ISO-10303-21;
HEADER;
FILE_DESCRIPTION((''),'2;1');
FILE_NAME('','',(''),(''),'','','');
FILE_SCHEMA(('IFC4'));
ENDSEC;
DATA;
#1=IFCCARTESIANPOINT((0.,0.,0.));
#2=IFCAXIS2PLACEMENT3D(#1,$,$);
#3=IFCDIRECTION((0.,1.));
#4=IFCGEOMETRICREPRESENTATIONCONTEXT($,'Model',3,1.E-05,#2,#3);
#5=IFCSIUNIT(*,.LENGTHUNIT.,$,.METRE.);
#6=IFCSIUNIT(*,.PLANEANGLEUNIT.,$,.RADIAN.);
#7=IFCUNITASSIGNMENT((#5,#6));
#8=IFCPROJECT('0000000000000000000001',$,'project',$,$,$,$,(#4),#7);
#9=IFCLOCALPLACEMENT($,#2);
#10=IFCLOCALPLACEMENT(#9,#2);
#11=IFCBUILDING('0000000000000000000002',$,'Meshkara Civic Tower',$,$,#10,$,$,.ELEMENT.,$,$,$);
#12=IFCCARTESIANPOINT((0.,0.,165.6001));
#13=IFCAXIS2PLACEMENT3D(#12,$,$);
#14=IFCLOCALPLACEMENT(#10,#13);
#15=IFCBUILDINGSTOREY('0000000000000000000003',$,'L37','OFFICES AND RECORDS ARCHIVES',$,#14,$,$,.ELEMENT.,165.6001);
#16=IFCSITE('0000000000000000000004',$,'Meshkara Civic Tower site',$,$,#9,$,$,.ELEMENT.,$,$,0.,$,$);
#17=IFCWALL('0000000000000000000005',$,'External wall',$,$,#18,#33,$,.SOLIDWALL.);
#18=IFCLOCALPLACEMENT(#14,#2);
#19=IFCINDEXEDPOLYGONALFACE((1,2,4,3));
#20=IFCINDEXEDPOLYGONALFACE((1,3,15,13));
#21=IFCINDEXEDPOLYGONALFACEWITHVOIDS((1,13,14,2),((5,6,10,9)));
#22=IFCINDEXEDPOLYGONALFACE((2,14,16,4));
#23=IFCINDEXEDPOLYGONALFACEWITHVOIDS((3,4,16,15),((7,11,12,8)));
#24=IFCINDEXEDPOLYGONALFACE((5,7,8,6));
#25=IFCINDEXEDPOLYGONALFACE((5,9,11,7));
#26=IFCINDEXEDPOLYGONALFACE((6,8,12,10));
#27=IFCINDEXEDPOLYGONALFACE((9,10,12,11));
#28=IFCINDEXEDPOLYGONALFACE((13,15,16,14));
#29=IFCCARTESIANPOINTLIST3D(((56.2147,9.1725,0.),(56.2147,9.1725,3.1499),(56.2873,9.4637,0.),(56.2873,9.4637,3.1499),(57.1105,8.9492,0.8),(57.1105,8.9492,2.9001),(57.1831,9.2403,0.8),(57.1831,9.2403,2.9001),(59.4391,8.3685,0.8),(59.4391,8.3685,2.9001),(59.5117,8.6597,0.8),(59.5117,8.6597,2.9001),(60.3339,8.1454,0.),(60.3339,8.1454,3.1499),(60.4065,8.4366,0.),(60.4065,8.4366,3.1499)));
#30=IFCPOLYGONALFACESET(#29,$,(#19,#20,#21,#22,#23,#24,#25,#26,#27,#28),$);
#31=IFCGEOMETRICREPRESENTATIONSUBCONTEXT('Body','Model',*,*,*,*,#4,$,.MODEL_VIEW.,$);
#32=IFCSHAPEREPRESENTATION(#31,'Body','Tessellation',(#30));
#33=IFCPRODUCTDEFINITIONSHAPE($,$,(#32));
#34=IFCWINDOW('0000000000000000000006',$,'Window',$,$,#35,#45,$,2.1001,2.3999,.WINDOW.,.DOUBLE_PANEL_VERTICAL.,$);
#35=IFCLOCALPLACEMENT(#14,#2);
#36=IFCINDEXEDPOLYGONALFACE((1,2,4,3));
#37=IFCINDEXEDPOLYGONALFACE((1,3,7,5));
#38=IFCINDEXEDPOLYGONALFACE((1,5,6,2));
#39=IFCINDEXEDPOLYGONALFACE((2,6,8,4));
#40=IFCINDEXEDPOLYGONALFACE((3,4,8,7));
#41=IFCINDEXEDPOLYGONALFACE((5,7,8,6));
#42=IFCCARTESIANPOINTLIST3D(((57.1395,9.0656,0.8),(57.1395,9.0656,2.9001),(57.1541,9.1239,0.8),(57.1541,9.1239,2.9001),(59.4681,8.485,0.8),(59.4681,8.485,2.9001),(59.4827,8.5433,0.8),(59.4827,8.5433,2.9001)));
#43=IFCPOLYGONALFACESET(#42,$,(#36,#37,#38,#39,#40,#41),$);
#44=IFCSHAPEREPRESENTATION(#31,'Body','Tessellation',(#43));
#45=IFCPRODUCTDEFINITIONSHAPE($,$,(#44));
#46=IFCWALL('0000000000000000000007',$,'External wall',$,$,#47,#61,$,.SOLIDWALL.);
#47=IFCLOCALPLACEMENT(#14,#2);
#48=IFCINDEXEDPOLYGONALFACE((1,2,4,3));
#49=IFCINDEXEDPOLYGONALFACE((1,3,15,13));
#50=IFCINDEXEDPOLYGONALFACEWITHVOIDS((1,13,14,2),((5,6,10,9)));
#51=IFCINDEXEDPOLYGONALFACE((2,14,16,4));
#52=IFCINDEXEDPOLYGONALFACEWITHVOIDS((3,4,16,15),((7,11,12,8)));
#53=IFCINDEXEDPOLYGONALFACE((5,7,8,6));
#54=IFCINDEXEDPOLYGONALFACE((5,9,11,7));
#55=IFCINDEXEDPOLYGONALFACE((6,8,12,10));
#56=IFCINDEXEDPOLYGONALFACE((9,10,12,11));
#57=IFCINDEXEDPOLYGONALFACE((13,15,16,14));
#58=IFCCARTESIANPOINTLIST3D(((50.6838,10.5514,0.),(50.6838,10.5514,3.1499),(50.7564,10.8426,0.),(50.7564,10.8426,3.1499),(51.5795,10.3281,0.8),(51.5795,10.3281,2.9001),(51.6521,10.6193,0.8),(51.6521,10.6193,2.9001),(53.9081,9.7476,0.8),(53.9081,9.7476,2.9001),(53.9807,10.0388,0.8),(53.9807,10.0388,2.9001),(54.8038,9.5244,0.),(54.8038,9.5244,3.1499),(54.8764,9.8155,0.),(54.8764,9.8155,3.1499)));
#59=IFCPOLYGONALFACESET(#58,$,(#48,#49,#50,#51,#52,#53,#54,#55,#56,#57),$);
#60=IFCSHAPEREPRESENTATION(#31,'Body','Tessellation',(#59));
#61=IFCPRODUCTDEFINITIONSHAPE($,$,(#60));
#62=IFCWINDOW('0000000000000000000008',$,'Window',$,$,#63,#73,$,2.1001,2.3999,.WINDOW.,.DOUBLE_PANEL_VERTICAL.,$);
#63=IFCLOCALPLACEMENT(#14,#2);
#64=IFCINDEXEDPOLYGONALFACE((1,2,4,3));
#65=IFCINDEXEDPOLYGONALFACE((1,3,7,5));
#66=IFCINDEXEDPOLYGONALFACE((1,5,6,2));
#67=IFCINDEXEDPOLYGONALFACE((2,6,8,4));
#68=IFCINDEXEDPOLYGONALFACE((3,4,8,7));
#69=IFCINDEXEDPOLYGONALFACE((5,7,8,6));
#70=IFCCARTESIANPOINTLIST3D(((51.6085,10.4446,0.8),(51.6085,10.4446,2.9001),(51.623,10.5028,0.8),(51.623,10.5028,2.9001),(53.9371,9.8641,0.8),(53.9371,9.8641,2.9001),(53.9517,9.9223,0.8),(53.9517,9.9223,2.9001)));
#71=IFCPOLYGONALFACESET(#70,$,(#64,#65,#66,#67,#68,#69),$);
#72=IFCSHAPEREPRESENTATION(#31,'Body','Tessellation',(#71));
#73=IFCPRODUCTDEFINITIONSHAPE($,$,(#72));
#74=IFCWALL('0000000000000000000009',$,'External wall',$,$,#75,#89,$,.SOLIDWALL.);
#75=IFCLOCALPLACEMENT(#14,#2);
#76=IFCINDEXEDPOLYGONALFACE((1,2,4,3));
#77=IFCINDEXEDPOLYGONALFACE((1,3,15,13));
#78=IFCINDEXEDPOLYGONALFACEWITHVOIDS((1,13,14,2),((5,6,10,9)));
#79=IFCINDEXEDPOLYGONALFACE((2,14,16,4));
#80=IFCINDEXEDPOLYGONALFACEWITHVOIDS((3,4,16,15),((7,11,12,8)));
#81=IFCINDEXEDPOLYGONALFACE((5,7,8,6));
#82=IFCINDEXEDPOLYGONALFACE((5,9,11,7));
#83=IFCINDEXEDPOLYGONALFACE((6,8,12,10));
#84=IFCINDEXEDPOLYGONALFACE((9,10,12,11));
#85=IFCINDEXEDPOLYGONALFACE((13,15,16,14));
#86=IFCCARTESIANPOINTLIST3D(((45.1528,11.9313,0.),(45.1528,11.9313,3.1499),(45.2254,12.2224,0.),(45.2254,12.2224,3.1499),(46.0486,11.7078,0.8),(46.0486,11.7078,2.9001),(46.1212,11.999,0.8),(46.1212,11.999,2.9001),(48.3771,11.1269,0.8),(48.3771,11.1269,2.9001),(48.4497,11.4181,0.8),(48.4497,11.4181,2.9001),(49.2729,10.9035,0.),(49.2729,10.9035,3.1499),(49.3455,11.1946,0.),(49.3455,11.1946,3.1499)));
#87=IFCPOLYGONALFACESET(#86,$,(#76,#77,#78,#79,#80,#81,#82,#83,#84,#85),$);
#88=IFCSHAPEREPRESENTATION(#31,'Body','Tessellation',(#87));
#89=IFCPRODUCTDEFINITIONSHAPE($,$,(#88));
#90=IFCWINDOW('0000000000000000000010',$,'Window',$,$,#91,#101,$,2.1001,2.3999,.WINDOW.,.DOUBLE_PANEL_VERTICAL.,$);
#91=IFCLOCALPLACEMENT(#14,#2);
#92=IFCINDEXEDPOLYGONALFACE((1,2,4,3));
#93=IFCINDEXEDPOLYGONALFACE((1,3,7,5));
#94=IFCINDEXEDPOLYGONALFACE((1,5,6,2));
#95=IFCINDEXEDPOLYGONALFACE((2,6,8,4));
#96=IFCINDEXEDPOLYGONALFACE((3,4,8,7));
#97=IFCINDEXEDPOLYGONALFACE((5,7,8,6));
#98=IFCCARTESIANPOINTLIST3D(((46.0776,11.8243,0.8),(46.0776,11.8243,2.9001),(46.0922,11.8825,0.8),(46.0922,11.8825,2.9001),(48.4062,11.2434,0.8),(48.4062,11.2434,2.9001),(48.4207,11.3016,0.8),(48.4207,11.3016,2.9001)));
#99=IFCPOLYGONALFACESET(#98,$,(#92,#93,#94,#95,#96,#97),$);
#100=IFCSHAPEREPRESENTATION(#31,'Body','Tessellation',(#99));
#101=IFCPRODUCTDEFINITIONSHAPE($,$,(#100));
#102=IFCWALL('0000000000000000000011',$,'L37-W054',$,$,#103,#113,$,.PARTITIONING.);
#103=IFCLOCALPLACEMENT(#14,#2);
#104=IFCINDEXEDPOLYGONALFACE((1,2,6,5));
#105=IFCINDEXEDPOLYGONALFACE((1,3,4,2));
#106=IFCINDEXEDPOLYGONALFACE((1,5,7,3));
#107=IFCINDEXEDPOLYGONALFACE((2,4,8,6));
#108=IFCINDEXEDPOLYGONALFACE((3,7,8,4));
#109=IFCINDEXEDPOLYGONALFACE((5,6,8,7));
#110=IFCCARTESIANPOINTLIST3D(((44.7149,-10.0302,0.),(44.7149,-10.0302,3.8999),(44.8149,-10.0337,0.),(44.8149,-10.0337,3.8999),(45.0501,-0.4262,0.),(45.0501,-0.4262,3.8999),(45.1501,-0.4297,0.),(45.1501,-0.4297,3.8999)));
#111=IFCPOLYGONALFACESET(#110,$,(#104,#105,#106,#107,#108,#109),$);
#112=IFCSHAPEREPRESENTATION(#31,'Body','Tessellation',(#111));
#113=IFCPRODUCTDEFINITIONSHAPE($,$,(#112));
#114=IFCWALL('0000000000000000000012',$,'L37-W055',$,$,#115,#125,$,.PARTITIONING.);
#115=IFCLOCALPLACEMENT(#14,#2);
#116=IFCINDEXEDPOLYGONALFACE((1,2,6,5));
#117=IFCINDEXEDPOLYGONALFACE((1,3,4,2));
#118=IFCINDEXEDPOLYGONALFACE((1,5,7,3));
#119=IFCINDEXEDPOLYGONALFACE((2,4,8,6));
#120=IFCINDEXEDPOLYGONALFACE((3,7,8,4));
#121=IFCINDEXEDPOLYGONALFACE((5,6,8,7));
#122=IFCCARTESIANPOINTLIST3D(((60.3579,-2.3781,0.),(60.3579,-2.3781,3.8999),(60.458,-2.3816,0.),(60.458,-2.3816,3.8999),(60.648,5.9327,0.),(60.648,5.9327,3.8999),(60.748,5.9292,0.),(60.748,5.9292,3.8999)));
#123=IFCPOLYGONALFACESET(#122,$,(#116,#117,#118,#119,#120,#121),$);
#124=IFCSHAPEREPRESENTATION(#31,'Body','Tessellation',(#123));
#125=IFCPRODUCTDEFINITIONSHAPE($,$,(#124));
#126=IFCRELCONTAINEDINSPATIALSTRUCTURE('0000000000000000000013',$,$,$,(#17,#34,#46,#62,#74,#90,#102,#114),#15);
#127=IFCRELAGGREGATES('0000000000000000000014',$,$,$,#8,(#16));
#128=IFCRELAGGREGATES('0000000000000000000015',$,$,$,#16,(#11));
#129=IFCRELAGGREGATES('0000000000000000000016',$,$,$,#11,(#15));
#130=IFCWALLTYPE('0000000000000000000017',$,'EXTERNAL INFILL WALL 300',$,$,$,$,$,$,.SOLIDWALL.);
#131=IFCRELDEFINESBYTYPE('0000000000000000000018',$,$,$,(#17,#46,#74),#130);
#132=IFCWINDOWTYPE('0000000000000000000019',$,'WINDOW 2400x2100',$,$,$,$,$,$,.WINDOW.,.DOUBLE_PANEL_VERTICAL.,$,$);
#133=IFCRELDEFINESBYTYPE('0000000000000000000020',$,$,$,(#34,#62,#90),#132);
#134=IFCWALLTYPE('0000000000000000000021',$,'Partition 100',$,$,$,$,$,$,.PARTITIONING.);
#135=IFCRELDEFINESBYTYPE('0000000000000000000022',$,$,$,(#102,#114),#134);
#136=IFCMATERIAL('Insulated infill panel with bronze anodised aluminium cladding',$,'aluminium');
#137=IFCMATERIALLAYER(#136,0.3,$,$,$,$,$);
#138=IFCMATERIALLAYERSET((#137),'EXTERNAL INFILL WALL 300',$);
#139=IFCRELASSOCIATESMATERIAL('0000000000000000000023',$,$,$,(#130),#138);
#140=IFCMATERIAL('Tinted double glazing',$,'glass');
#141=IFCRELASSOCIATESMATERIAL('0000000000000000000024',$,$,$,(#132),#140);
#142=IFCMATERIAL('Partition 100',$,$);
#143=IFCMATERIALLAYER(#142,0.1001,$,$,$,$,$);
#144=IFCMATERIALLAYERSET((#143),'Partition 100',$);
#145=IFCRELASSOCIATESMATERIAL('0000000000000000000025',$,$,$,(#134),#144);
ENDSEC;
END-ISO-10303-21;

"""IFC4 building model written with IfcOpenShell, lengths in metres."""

from ifc_helpers import new_model, si_unit, direction, frame, frame_2d, origin, place, context, subcontext, project, spatial, rectangle, extrude, material, layer, layer_set, type_object, element, fill, save


model = new_model("IFC4")

# Units and contexts
model_context = context("Model", 3, precision=1e-05, world=origin(), true_north=direction((0.0, 1.0)))
body_context = subcontext(model_context, "Body", "Model", "MODEL_VIEW")
ifc_project = project(units=[si_unit("LENGTHUNIT", "METRE"), si_unit("PLANEANGLEUNIT", "RADIAN")], contexts=[model_context])

# Site, building, storey
site_placement = place(None, origin())
site = spatial("IfcSite", under=ifc_project, at=site_placement, Name="Meshkara Civic Tower site", CompositionType="ELEMENT", RefElevation=0.0)
building_placement = place(site_placement, origin())
building = spatial("IfcBuilding", under=site, at=building_placement, Name="Meshkara Civic Tower", CompositionType="ELEMENT")
storey_placement = place(building_placement, frame((0.0, 0.0, 165.6001)))
storey = spatial("IfcBuildingStorey", under=building, at=storey_placement, Name="L37", Description="OFFICES AND RECORDS ARCHIVES", CompositionType="ELEMENT", Elevation=165.6001)

# Walls, openings, windows
ifc_material_1 = material(Name="Insulated infill panel with bronze anodised aluminium cladding", Category="aluminium")
ifc_layer_1 = layer(ifc_material_1, 0.3)
ifc_layer_set_1 = layer_set([ifc_layer_1], Name="EXTERNAL INFILL WALL 300")
wall_type_1 = type_object("IfcWallType", Name="EXTERNAL INFILL WALL 300", PredefinedType="SOLIDWALL", material=ifc_layer_set_1)
wall_1_placement = place(storey_placement, frame((60.3701, 8.291, 0.0), z_axis=(0.0, 0.0, 1.0), x_axis=(-0.970291, 0.24194, 0.0)))
wall_1 = element("IfcWall", 1, at=wall_1_placement, inside=storey, type_object=wall_type_1, Name="External wall", PredefinedType="SOLIDWALL", context=body_context, shape_type="SweptSolid", body=[
    extrude(rectangle(XDim=4.2454, YDim=0.3, at=frame_2d((2.1226, 0.0))), origin(), (0.0, 0.0, 1.0), 3.1499),
])
opening_1_placement = place(wall_1_placement, frame((0.9221, 0.0, 0.8)))
opening_1 = element("IfcOpeningElement", 2, at=opening_1_placement, cuts=wall_1, PredefinedType="OPENING", context=body_context, shape_type="SweptSolid", body=[
    extrude(rectangle(XDim=2.3999, YDim=2.1001, at=frame_2d((1.2, 1.05))), frame((0.0, 0.1599, 0.0), z_axis=(0.0, -1.0, 0.0), x_axis=(1.0, 0.0, 0.0)), (0.0, 0.0, 1.0), 0.3201),
])
ifc_material_2 = material(Name="Tinted double glazing", Category="glass")
window_type = type_object("IfcWindowType", Name="WINDOW 2400x2100", PartitioningType="DOUBLE_PANEL_VERTICAL", PredefinedType="WINDOW", material=ifc_material_2)
window_1_placement = place(opening_1_placement, origin())
window_1 = element("IfcWindow", 3, at=window_1_placement, inside=storey, type_object=window_type, Name="Window", OverallHeight=2.1001, OverallWidth=2.3999, PartitioningType="DOUBLE_PANEL_VERTICAL", PredefinedType="WINDOW", context=body_context, shape_type="SweptSolid", body=[
    extrude(rectangle(XDim=2.3999, YDim=2.1001, at=frame_2d((1.2, 1.05))), frame((0.0, 0.03, 0.0), z_axis=(0.0, -1.0, 0.0), x_axis=(1.0, 0.0, 0.0)), (0.0, 0.0, 1.0), 0.0601),
])
fill(opening_1, window_1)
wall_2_placement = place(storey_placement, frame((54.8401, 9.6699, 0.0), z_axis=(0.0, 0.0, 1.0), x_axis=(-0.970305, 0.241886, 0.0)))
wall_2 = element("IfcWall", 4, at=wall_2_placement, inside=storey, type_object=wall_type_1, Name="External wall", PredefinedType="SOLIDWALL", context=body_context, shape_type="SweptSolid", body=[
    extrude(rectangle(XDim=4.2461, YDim=0.3, at=frame_2d((2.123, 0.0))), origin(), (0.0, 0.0, 1.0), 3.1499),
])
opening_2_placement = place(wall_2_placement, frame((0.9231, 0.0, 0.8)))
opening_2 = element("IfcOpeningElement", 5, at=opening_2_placement, cuts=wall_2, PredefinedType="OPENING", context=body_context, shape_type="SweptSolid", body=[
    extrude(rectangle(XDim=2.3999, YDim=2.1001, at=frame_2d((1.2, 1.05))), frame((0.0, 0.1599, 0.0), z_axis=(0.0, -1.0, 0.0), x_axis=(1.0, 0.0, 0.0)), (0.0, 0.0, 1.0), 0.3201),
])
window_2_placement = place(opening_2_placement, origin())
window_2 = element("IfcWindow", 6, at=window_2_placement, inside=storey, type_object=window_type, Name="Window", OverallHeight=2.1001, OverallWidth=2.3999, PartitioningType="DOUBLE_PANEL_VERTICAL", PredefinedType="WINDOW", context=body_context, shape_type="SweptSolid", body=[
    extrude(rectangle(XDim=2.3999, YDim=2.1001, at=frame_2d((1.2, 1.05))), frame((0.0, 0.03, 0.0), z_axis=(0.0, -1.0, 0.0), x_axis=(1.0, 0.0, 0.0)), (0.0, 0.0, 1.0), 0.0601),
])
fill(opening_2, window_2)
wall_3_placement = place(storey_placement, frame((49.3091, 11.0491, 0.0), z_axis=(0.0, 0.0, 1.0), x_axis=(-0.970264, 0.242049, 0.0)))
wall_3 = element("IfcWall", 7, at=wall_3_placement, inside=storey, type_object=wall_type_1, Name="External wall", PredefinedType="SOLIDWALL", context=body_context, shape_type="SweptSolid", body=[
    extrude(rectangle(XDim=4.2463, YDim=0.3, at=frame_2d((2.123, 0.0))), origin(), (0.0, 0.0, 1.0), 3.1499),
])
opening_3_placement = place(wall_3_placement, frame((0.9231, 0.0, 0.8)))
opening_3 = element("IfcOpeningElement", 8, at=opening_3_placement, cuts=wall_3, PredefinedType="OPENING", context=body_context, shape_type="SweptSolid", body=[
    extrude(rectangle(XDim=2.3999, YDim=2.1001, at=frame_2d((1.2, 1.05))), frame((0.0, 0.1599, 0.0), z_axis=(0.0, -1.0, 0.0), x_axis=(1.0, 0.0, 0.0)), (0.0, 0.0, 1.0), 0.3201),
])
window_3_placement = place(opening_3_placement, origin())
window_3 = element("IfcWindow", 9, at=window_3_placement, inside=storey, type_object=window_type, Name="Window", OverallHeight=2.1001, OverallWidth=2.3999, PartitioningType="DOUBLE_PANEL_VERTICAL", PredefinedType="WINDOW", context=body_context, shape_type="SweptSolid", body=[
    extrude(rectangle(XDim=2.3999, YDim=2.1001, at=frame_2d((1.2, 1.05))), frame((0.0, 0.03, 0.0), z_axis=(0.0, -1.0, 0.0), x_axis=(1.0, 0.0, 0.0)), (0.0, 0.0, 1.0), 0.0601),
])
fill(opening_3, window_3)

# Walls
ifc_material_3 = material(Name="Partition 100")
ifc_layer_2 = layer(ifc_material_3, 0.1001)
ifc_layer_set_2 = layer_set([ifc_layer_2], Name="Partition 100")
wall_type_2 = type_object("IfcWallType", Name="Partition 100", PredefinedType="PARTITIONING", material=ifc_layer_set_2)
wall_4_placement = place(storey_placement, frame((44.7649, -10.032, 0.0), z_axis=(0.0, 0.0, 1.0), x_axis=(0.034881, 0.999391, 0.0)))
element("IfcWall", 10, at=wall_4_placement, inside=storey, type_object=wall_type_2, Name="L37-W054", PredefinedType="PARTITIONING", context=body_context, shape_type="SweptSolid", body=[
    extrude(rectangle(XDim=9.6099, YDim=0.1001, at=frame_2d((4.8049, 0.0))), origin(), (0.0, 0.0, 1.0), 3.8999),
])
wall_5_placement = place(storey_placement, frame((60.408, -2.3799, 0.0), z_axis=(0.0, 0.0, 1.0), x_axis=(0.034878, 0.999392, 0.0)))
element("IfcWall", 11, at=wall_5_placement, inside=storey, type_object=wall_type_2, Name="L37-W055", PredefinedType="PARTITIONING", context=body_context, shape_type="SweptSolid", body=[
    extrude(rectangle(XDim=8.3159, YDim=0.1001, at=frame_2d((4.158, 0.0))), origin(), (0.0, 0.0, 1.0), 3.8999),
])

save(model, "model.ifc")
